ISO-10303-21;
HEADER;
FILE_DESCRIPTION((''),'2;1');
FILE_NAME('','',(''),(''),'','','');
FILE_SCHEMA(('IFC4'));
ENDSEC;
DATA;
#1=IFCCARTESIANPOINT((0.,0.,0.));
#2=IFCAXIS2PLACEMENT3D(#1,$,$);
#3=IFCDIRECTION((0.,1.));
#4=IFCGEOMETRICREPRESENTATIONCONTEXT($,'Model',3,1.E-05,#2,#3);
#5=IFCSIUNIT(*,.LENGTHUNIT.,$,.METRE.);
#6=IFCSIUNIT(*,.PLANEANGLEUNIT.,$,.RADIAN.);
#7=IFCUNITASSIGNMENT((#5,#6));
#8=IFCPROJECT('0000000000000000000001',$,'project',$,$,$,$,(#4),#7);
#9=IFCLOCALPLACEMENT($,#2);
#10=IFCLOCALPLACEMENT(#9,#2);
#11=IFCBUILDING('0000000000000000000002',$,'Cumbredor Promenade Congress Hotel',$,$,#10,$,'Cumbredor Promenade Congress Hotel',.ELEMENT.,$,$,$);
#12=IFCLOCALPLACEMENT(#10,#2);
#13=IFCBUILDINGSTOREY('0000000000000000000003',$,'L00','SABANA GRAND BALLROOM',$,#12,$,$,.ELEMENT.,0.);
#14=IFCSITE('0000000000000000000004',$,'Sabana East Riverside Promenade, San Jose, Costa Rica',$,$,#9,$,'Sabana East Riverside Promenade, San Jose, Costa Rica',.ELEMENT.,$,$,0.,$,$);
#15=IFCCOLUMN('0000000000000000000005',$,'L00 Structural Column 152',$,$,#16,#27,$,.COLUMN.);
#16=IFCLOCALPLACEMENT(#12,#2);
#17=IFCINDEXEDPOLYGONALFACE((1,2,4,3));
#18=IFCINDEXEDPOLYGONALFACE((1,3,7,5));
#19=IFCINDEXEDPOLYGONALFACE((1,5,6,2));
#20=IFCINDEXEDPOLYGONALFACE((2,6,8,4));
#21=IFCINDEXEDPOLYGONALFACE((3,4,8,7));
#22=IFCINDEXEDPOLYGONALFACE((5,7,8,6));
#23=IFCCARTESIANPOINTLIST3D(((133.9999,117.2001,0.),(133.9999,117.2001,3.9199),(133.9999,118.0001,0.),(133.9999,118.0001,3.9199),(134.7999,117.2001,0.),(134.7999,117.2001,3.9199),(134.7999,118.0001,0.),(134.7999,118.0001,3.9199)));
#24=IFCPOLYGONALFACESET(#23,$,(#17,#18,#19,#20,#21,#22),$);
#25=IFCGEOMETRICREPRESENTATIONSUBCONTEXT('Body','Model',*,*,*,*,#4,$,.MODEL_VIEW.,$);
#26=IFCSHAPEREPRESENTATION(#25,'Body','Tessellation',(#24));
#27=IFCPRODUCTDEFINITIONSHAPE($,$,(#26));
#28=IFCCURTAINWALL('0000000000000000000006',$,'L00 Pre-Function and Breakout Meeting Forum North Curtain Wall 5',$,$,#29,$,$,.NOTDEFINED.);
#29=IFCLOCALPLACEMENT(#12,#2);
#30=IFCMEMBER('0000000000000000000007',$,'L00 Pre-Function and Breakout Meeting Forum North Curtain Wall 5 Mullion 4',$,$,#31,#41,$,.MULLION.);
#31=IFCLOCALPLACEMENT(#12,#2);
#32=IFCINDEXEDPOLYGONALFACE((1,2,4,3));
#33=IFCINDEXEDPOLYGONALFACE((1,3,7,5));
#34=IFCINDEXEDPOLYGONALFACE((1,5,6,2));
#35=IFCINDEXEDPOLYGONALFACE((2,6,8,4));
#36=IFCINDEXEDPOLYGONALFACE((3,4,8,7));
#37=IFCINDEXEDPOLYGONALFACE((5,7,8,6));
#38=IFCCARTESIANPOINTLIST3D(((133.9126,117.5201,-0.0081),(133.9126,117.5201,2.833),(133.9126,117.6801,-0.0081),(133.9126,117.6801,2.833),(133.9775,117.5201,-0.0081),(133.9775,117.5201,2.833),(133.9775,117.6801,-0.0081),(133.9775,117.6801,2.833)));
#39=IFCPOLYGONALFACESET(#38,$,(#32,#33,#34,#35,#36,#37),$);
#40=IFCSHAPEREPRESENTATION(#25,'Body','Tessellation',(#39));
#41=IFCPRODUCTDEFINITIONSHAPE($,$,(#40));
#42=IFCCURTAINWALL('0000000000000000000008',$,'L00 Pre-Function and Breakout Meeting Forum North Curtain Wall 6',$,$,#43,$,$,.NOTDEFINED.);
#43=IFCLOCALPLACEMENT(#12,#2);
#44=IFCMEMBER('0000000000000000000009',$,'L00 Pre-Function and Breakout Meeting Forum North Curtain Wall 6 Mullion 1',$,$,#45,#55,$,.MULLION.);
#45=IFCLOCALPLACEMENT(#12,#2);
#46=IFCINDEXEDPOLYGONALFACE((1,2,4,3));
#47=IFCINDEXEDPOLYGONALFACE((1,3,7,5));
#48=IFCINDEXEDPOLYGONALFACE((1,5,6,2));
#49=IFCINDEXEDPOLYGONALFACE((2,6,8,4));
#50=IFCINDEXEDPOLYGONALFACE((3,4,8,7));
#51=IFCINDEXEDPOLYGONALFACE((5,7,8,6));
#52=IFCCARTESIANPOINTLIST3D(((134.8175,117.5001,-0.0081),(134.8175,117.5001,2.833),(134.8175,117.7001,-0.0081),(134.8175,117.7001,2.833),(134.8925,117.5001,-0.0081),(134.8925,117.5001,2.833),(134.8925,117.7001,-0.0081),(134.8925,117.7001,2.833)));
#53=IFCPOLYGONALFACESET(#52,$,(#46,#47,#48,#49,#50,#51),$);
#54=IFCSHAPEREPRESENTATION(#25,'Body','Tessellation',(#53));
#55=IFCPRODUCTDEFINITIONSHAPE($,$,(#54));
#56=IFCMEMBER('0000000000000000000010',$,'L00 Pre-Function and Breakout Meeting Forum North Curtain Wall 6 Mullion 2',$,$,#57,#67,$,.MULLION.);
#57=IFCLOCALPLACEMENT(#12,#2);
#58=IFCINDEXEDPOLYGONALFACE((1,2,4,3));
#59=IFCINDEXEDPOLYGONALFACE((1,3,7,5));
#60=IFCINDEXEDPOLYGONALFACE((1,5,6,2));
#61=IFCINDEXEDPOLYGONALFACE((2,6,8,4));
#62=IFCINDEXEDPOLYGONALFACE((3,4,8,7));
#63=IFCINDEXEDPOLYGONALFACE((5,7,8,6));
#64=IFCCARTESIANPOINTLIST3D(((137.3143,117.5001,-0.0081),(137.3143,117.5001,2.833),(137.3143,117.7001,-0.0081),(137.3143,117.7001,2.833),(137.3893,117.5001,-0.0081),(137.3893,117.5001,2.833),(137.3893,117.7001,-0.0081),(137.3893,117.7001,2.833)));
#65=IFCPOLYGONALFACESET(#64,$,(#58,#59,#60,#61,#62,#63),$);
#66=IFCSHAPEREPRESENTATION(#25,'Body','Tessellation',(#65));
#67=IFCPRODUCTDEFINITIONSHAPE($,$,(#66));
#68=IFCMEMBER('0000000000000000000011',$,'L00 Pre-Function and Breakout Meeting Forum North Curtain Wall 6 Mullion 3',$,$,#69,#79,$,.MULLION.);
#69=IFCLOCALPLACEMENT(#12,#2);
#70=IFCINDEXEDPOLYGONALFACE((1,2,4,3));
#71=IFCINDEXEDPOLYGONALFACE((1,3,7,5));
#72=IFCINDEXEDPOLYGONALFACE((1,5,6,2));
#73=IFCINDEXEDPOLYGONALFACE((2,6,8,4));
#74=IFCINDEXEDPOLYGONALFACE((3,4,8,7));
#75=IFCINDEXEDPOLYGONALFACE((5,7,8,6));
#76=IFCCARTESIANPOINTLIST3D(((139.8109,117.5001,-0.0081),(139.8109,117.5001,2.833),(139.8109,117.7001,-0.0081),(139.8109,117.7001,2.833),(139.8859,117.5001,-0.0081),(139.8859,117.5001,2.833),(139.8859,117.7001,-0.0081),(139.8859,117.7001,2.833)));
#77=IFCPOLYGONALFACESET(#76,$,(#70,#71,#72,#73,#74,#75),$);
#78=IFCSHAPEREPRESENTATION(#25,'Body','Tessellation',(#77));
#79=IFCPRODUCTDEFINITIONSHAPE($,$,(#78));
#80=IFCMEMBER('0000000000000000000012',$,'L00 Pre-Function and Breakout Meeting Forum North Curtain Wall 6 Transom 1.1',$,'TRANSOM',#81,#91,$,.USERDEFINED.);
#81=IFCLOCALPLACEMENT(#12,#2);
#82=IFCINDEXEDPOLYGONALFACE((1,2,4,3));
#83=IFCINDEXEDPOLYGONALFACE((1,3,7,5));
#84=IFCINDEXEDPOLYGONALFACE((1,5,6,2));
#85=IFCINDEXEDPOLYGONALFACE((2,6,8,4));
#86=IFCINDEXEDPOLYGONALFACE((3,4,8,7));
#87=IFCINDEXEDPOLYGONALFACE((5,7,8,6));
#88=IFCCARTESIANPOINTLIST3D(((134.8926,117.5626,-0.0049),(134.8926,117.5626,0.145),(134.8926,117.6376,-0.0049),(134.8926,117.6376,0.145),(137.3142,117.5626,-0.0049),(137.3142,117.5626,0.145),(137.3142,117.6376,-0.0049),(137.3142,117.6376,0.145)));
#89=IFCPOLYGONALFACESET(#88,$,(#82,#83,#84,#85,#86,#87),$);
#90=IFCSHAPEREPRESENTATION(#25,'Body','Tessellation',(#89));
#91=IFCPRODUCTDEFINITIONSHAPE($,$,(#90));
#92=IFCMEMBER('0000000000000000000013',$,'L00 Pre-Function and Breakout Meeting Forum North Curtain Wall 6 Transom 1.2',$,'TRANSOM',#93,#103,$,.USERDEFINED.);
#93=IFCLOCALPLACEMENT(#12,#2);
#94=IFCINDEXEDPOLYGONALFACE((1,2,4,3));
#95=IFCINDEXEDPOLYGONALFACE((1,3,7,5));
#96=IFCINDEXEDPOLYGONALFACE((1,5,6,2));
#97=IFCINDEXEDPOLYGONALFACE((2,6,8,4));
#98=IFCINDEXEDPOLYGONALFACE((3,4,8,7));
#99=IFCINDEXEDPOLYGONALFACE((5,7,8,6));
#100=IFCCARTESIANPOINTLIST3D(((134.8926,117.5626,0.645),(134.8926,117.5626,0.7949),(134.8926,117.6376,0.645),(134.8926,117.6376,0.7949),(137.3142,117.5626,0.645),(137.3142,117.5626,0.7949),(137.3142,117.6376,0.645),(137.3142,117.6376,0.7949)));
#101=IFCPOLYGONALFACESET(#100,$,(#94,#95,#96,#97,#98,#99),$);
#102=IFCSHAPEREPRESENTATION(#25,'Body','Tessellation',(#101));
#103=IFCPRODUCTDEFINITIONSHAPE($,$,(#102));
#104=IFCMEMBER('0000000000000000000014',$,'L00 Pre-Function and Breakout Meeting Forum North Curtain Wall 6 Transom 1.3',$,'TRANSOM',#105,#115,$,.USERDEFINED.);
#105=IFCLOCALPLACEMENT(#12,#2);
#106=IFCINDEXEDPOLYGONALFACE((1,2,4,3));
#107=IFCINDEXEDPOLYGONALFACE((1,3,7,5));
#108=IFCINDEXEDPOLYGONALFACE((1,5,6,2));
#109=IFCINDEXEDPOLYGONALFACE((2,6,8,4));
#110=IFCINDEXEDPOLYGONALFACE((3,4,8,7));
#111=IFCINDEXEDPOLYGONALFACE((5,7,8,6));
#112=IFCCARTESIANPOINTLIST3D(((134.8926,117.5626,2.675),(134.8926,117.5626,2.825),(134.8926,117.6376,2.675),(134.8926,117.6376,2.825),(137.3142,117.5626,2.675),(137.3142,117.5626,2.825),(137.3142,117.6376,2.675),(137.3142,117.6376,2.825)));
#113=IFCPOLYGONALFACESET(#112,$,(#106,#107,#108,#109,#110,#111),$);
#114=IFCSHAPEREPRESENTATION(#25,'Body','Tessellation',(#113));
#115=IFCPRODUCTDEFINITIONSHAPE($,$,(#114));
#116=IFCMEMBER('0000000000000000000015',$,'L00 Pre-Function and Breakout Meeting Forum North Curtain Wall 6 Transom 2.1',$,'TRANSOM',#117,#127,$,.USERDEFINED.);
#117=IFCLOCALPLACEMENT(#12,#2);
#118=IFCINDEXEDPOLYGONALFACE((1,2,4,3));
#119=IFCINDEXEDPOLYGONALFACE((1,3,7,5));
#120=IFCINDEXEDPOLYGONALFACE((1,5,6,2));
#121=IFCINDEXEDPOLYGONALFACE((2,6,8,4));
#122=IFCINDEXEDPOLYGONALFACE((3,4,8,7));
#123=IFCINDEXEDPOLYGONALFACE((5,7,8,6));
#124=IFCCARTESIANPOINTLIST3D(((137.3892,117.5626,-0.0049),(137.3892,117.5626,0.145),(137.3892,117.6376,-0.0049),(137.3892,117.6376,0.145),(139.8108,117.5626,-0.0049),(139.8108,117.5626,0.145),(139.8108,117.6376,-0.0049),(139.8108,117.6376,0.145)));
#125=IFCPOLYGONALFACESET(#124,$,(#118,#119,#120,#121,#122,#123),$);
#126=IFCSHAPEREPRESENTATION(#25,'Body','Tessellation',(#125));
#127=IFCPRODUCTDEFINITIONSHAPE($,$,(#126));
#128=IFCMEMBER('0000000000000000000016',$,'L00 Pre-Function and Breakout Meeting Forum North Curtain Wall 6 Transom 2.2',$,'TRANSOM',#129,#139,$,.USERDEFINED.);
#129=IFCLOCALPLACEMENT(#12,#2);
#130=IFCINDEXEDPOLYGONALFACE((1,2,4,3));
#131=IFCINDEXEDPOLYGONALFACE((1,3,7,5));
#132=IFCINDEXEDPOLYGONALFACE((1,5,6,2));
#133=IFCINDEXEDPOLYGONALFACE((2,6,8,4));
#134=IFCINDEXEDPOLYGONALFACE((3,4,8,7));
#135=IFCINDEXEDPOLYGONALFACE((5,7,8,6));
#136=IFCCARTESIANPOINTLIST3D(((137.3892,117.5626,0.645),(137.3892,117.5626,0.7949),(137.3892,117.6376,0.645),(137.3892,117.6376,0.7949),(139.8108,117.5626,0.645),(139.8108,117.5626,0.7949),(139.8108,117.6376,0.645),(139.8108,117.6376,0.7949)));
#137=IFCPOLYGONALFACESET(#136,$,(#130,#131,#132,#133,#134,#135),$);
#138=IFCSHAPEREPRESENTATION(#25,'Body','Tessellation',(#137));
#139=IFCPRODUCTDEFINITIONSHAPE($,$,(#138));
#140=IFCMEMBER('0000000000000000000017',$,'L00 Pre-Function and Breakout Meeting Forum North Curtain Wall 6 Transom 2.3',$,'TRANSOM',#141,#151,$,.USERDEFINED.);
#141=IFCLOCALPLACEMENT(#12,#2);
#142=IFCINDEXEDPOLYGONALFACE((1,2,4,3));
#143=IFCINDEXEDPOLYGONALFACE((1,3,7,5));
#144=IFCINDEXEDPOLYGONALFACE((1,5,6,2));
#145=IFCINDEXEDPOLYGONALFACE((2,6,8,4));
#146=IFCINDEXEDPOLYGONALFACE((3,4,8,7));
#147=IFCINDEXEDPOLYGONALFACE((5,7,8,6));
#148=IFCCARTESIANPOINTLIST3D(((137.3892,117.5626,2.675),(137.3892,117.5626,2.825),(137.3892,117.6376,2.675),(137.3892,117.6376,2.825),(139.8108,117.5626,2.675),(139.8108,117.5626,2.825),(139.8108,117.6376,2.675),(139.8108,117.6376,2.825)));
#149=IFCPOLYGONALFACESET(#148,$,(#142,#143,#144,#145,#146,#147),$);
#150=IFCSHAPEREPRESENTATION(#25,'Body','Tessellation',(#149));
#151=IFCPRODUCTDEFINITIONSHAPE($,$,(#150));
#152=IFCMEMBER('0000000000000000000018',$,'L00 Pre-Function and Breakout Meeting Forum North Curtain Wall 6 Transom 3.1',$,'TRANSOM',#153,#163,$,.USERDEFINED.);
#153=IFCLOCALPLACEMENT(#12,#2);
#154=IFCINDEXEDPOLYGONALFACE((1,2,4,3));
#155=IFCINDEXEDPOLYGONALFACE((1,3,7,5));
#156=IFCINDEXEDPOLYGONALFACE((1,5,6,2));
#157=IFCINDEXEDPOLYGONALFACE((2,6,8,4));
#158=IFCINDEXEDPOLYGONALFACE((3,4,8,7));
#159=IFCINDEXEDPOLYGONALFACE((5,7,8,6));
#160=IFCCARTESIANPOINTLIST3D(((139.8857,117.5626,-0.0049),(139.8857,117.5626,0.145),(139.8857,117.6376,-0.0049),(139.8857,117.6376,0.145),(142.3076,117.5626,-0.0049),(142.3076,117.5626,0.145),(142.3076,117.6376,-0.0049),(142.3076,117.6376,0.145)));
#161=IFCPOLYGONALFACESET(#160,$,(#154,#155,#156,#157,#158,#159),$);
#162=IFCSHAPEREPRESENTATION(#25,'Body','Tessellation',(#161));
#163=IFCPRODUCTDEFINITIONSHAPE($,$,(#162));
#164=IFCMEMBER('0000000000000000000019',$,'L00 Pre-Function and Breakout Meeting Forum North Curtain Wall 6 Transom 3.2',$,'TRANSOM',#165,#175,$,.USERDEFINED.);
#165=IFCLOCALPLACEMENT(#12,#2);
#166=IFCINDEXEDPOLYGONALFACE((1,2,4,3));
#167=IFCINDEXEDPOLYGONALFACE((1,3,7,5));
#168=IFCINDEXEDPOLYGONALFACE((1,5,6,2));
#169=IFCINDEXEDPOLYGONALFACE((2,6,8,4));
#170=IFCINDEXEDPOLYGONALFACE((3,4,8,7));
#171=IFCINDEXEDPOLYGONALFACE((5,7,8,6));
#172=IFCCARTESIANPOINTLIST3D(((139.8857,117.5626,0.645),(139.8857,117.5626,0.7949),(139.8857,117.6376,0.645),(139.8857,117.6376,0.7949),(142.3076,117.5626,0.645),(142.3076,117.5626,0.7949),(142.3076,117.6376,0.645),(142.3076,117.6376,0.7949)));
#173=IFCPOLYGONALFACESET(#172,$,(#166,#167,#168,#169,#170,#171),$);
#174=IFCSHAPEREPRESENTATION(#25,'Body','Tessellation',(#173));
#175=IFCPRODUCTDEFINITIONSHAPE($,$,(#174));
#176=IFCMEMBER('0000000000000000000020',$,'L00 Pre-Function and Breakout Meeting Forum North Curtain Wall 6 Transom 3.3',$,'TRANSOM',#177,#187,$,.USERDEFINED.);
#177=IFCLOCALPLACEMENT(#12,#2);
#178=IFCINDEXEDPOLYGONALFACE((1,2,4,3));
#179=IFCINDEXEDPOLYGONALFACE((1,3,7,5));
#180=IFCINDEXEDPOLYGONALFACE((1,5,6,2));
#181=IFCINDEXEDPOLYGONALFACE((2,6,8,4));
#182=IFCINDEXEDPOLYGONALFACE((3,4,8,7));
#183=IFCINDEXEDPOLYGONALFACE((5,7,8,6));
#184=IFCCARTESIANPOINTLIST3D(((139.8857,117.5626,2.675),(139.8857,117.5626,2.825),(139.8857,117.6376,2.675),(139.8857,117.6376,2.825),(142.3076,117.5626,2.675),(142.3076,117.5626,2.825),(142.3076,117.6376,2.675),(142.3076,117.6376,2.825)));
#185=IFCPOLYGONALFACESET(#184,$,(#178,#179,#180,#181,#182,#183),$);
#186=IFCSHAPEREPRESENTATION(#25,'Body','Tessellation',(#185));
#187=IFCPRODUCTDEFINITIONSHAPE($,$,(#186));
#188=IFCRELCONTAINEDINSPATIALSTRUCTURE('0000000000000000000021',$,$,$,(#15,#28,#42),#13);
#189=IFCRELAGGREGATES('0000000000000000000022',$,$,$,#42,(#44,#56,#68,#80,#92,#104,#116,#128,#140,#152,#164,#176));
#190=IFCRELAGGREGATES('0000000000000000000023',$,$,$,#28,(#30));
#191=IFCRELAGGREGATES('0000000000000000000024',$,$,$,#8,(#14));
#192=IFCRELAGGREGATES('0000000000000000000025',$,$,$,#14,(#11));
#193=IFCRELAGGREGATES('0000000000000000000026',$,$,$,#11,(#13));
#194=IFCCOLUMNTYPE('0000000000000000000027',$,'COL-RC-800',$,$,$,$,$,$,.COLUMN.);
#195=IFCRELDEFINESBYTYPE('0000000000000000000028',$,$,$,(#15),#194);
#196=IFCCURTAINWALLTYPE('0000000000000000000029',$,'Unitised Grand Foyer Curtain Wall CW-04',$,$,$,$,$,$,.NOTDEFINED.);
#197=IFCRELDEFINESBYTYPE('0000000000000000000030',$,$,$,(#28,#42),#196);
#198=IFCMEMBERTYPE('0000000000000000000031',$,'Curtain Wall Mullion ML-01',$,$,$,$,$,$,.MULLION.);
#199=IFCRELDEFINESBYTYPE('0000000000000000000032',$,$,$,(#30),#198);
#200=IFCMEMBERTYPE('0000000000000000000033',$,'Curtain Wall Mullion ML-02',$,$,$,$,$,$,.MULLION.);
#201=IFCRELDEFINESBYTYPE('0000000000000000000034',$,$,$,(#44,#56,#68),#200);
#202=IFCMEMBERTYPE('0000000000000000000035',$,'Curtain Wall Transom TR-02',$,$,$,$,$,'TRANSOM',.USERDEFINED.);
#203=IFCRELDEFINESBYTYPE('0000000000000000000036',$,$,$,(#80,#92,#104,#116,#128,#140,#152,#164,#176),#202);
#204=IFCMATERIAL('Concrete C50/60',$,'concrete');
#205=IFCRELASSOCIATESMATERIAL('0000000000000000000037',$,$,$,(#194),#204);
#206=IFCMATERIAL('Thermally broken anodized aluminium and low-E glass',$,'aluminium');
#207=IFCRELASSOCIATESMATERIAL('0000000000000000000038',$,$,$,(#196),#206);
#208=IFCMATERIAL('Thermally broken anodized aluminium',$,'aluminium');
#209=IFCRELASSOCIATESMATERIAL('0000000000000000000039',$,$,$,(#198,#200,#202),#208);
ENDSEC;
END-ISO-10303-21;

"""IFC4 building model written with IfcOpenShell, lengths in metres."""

from ifc_helpers import new_model, si_unit, direction, frame, origin, origin_2d, place, context, subcontext, project, spatial, rectangle, extrude, material, material_profile, profile_set, type_object, element, aggregate, save


model = new_model("IFC4")

# Units and contexts
model_context = context("Model", 3, precision=1e-05, world=origin(), true_north=direction((0.0, 1.0)))
body_context = subcontext(model_context, "Body", "Model", "MODEL_VIEW")
ifc_project = project(units=[si_unit("LENGTHUNIT", "METRE"), si_unit("PLANEANGLEUNIT", "RADIAN")], contexts=[model_context])

# Site, building, storey
site_placement = place(None, origin())
site = spatial("IfcSite", under=ifc_project, at=site_placement, Name="Sabana East Riverside Promenade, San Jose, Costa Rica", LongName="Sabana East Riverside Promenade, San Jose, Costa Rica", CompositionType="ELEMENT", RefElevation=0.0)
building_placement = place(site_placement, origin())
building = spatial("IfcBuilding", under=site, at=building_placement, Name="Cumbredor Promenade Congress Hotel", LongName="Cumbredor Promenade Congress Hotel", CompositionType="ELEMENT")
storey_placement = place(building_placement, origin())
storey = spatial("IfcBuildingStorey", under=building, at=storey_placement, Name="L00", Description="SABANA GRAND BALLROOM", CompositionType="ELEMENT", Elevation=0.0)

# Column
ifc_material_1 = material(Name="Concrete C50/60", Category="concrete")
ifc_material_profile_1 = material_profile(ifc_material_1, rectangle(XDim=0.8, YDim=0.8, at=origin_2d()), Name="RC 800x800")
ifc_profile_set_1 = profile_set([ifc_material_profile_1], Name="Concrete C50/60")
column_type = type_object("IfcColumnType", Name="COL-RC-800", PredefinedType="COLUMN", material=ifc_profile_set_1)
column_placement = place(storey_placement, frame((134.3999, 117.6001, 0.0), z_axis=(0.0, 0.0, 1.0), x_axis=(1.0, 0.0, 0.0)))
element("IfcColumn", 1, at=column_placement, inside=storey, type_object=column_type, Name="L00 Structural Column 152", PredefinedType="COLUMN", context=body_context, shape_type="SweptSolid", body=[
    extrude(rectangle(XDim=0.8, YDim=0.8, at=origin_2d()), origin(), (0.0, 0.0, 1.0), 3.9199),
])

# Curtain wall, member
ifc_material_2 = material(Name="Thermally broken anodized aluminium and low-E glass", Category="aluminium")
curtain_wall_type = type_object("IfcCurtainWallType", Name="Unitised Grand Foyer Curtain Wall CW-04", PredefinedType="NOTDEFINED", material=ifc_material_2)
curtain_wall_1_placement = place(storey_placement, origin())
curtain_wall_1 = element("IfcCurtainWall", 2, at=curtain_wall_1_placement, inside=storey, type_object=curtain_wall_type, Name="L00 Pre-Function and Breakout Meeting Forum North Curtain Wall 5", PredefinedType="NOTDEFINED")
ifc_material_3 = material(Name="Thermally broken anodized aluminium", Category="aluminium")
ifc_material_profile_2 = material_profile(ifc_material_3, rectangle(XDim=0.0649, YDim=0.1599, at=origin_2d()), Name="ALU MULLION 65x160")
ifc_profile_set_2 = profile_set([ifc_material_profile_2], Name="Thermally broken anodized aluminium")
member_type_1 = type_object("IfcMemberType", Name="Curtain Wall Mullion ML-01", PredefinedType="MULLION", material=ifc_profile_set_2)
member_1_placement = place(storey_placement, frame((133.9451, 117.6001, -0.0081), z_axis=(0.0, 0.0, 1.0), x_axis=(1.0, 0.0, 0.0)))
member_1 = element("IfcMember", 3, at=member_1_placement, type_object=member_type_1, Name="L00 Pre-Function and Breakout Meeting Forum North Curtain Wall 5 Mullion 4", PredefinedType="MULLION", context=body_context, shape_type="SweptSolid", body=[
    extrude(rectangle(XDim=0.0649, YDim=0.1599, at=origin_2d()), origin(), (0.0, 0.0, 1.0), 2.8411),
])

# Curtain wall, members
curtain_wall_2_placement = place(storey_placement, origin())
curtain_wall_2 = element("IfcCurtainWall", 4, at=curtain_wall_2_placement, inside=storey, type_object=curtain_wall_type, Name="L00 Pre-Function and Breakout Meeting Forum North Curtain Wall 6", PredefinedType="NOTDEFINED")
ifc_material_profile_3 = material_profile(ifc_material_3, rectangle(XDim=0.075, YDim=0.2, at=origin_2d()), Name="ALU MULLION 75x200")
ifc_profile_set_3 = profile_set([ifc_material_profile_3], Name="Thermally broken anodized aluminium")
member_type_2 = type_object("IfcMemberType", Name="Curtain Wall Mullion ML-02", PredefinedType="MULLION", material=ifc_profile_set_3)
member_2_placement = place(storey_placement, frame((134.855, 117.6001, -0.0081), z_axis=(0.0, 0.0, 1.0), x_axis=(1.0, 0.0, 0.0)))
member_2 = element("IfcMember", 5, at=member_2_placement, type_object=member_type_2, Name="L00 Pre-Function and Breakout Meeting Forum North Curtain Wall 6 Mullion 1", PredefinedType="MULLION", context=body_context, shape_type="SweptSolid", body=[
    extrude(rectangle(XDim=0.075, YDim=0.2, at=origin_2d()), origin(), (0.0, 0.0, 1.0), 2.8411),
])
member_3_placement = place(storey_placement, frame((137.3518, 117.6001, -0.0081), z_axis=(0.0, 0.0, 1.0), x_axis=(1.0, 0.0, 0.0)))
member_3 = element("IfcMember", 6, at=member_3_placement, type_object=member_type_2, Name="L00 Pre-Function and Breakout Meeting Forum North Curtain Wall 6 Mullion 2", PredefinedType="MULLION", context=body_context, shape_type="SweptSolid", body=[
    extrude(rectangle(XDim=0.075, YDim=0.2, at=origin_2d()), origin(), (0.0, 0.0, 1.0), 2.8411),
])
member_4_placement = place(storey_placement, frame((139.8484, 117.6001, -0.0081), z_axis=(0.0, 0.0, 1.0), x_axis=(1.0, 0.0, 0.0)))
member_4 = element("IfcMember", 7, at=member_4_placement, type_object=member_type_2, Name="L00 Pre-Function and Breakout Meeting Forum North Curtain Wall 6 Mullion 3", PredefinedType="MULLION", context=body_context, shape_type="SweptSolid", body=[
    extrude(rectangle(XDim=0.075, YDim=0.2, at=origin_2d()), origin(), (0.0, 0.0, 1.0), 2.8411),
])
ifc_material_profile_4 = material_profile(ifc_material_3, rectangle(XDim=0.075, YDim=0.1499, at=origin_2d()), Name="ALU TRANSOM 75x150")
ifc_profile_set_4 = profile_set([ifc_material_profile_4], Name="Thermally broken anodized aluminium")
member_type_3 = type_object("IfcMemberType", Name="Curtain Wall Transom TR-02", ElementType="TRANSOM", PredefinedType="USERDEFINED", material=ifc_profile_set_4)
member_5_placement = place(storey_placement, frame((134.8926, 117.6001, 0.0701), z_axis=(1.0, 0.0, 0.0), x_axis=(0.0, 1.0, 0.0)))
member_5 = element("IfcMember", 8, at=member_5_placement, type_object=member_type_3, Name="L00 Pre-Function and Breakout Meeting Forum North Curtain Wall 6 Transom 1.1", ObjectType="TRANSOM", PredefinedType="USERDEFINED", context=body_context, shape_type="SweptSolid", body=[
    extrude(rectangle(XDim=0.075, YDim=0.1499, at=origin_2d()), origin(), (0.0, 0.0, 1.0), 2.4216),
])
member_6_placement = place(storey_placement, frame((134.8926, 117.6001, 0.72), z_axis=(1.0, 0.0, 0.0), x_axis=(0.0, 1.0, 0.0)))
member_6 = element("IfcMember", 9, at=member_6_placement, type_object=member_type_3, Name="L00 Pre-Function and Breakout Meeting Forum North Curtain Wall 6 Transom 1.2", ObjectType="TRANSOM", PredefinedType="USERDEFINED", context=body_context, shape_type="SweptSolid", body=[
    extrude(rectangle(XDim=0.075, YDim=0.1499, at=origin_2d()), origin(), (0.0, 0.0, 1.0), 2.4216),
])
member_7_placement = place(storey_placement, frame((134.8926, 117.6001, 2.75), z_axis=(1.0, 0.0, 0.0), x_axis=(0.0, 1.0, 0.0)))
member_7 = element("IfcMember", 10, at=member_7_placement, type_object=member_type_3, Name="L00 Pre-Function and Breakout Meeting Forum North Curtain Wall 6 Transom 1.3", ObjectType="TRANSOM", PredefinedType="USERDEFINED", context=body_context, shape_type="SweptSolid", body=[
    extrude(rectangle(XDim=0.075, YDim=0.1499, at=origin_2d()), origin(), (0.0, 0.0, 1.0), 2.4216),
])
member_8_placement = place(storey_placement, frame((137.3892, 117.6001, 0.0701), z_axis=(1.0, 0.0, 0.0), x_axis=(0.0, 1.0, 0.0)))
member_8 = element("IfcMember", 11, at=member_8_placement, type_object=member_type_3, Name="L00 Pre-Function and Breakout Meeting Forum North Curtain Wall 6 Transom 2.1", ObjectType="TRANSOM", PredefinedType="USERDEFINED", context=body_context, shape_type="SweptSolid", body=[
    extrude(rectangle(XDim=0.075, YDim=0.1499, at=origin_2d()), origin(), (0.0, 0.0, 1.0), 2.4216),
])
member_9_placement = place(storey_placement, frame((137.3892, 117.6001, 0.72), z_axis=(1.0, 0.0, 0.0), x_axis=(0.0, 1.0, 0.0)))
member_9 = element("IfcMember", 12, at=member_9_placement, type_object=member_type_3, Name="L00 Pre-Function and Breakout Meeting Forum North Curtain Wall 6 Transom 2.2", ObjectType="TRANSOM", PredefinedType="USERDEFINED", context=body_context, shape_type="SweptSolid", body=[
    extrude(rectangle(XDim=0.075, YDim=0.1499, at=origin_2d()), origin(), (0.0, 0.0, 1.0), 2.4216),
])
member_10_placement = place(storey_placement, frame((137.3892, 117.6001, 2.75), z_axis=(1.0, 0.0, 0.0), x_axis=(0.0, 1.0, 0.0)))
member_10 = element("IfcMember", 13, at=member_10_placement, type_object=member_type_3, Name="L00 Pre-Function and Breakout Meeting Forum North Curtain Wall 6 Transom 2.3", ObjectType="TRANSOM", PredefinedType="USERDEFINED", context=body_context, shape_type="SweptSolid", body=[
    extrude(rectangle(XDim=0.075, YDim=0.1499, at=origin_2d()), origin(), (0.0, 0.0, 1.0), 2.4216),
])
member_11_placement = place(storey_placement, frame((139.8857, 117.6001, 0.0701), z_axis=(1.0, 0.0, 0.0), x_axis=(0.0, 1.0, 0.0)))
member_11 = element("IfcMember", 14, at=member_11_placement, type_object=member_type_3, Name="L00 Pre-Function and Breakout Meeting Forum North Curtain Wall 6 Transom 3.1", ObjectType="TRANSOM", PredefinedType="USERDEFINED", context=body_context, shape_type="SweptSolid", body=[
    extrude(rectangle(XDim=0.075, YDim=0.1499, at=origin_2d()), origin(), (0.0, 0.0, 1.0), 2.4219),
])
member_12_placement = place(storey_placement, frame((139.8857, 117.6001, 0.72), z_axis=(1.0, 0.0, 0.0), x_axis=(0.0, 1.0, 0.0)))
member_12 = element("IfcMember", 15, at=member_12_placement, type_object=member_type_3, Name="L00 Pre-Function and Breakout Meeting Forum North Curtain Wall 6 Transom 3.2", ObjectType="TRANSOM", PredefinedType="USERDEFINED", context=body_context, shape_type="SweptSolid", body=[
    extrude(rectangle(XDim=0.075, YDim=0.1499, at=origin_2d()), origin(), (0.0, 0.0, 1.0), 2.4219),
])
member_13_placement = place(storey_placement, frame((139.8857, 117.6001, 2.75), z_axis=(1.0, 0.0, 0.0), x_axis=(0.0, 1.0, 0.0)))
member_13 = element("IfcMember", 16, at=member_13_placement, type_object=member_type_3, Name="L00 Pre-Function and Breakout Meeting Forum North Curtain Wall 6 Transom 3.3", ObjectType="TRANSOM", PredefinedType="USERDEFINED", context=body_context, shape_type="SweptSolid", body=[
    extrude(rectangle(XDim=0.075, YDim=0.1499, at=origin_2d()), origin(), (0.0, 0.0, 1.0), 2.4219),
])

aggregate(curtain_wall_2, [member_2, member_3, member_4, member_5, member_6, member_7, member_8, member_9, member_10, member_11, member_12, member_13])
aggregate(curtain_wall_1, [member_1])

save(model, "model.ifc")
